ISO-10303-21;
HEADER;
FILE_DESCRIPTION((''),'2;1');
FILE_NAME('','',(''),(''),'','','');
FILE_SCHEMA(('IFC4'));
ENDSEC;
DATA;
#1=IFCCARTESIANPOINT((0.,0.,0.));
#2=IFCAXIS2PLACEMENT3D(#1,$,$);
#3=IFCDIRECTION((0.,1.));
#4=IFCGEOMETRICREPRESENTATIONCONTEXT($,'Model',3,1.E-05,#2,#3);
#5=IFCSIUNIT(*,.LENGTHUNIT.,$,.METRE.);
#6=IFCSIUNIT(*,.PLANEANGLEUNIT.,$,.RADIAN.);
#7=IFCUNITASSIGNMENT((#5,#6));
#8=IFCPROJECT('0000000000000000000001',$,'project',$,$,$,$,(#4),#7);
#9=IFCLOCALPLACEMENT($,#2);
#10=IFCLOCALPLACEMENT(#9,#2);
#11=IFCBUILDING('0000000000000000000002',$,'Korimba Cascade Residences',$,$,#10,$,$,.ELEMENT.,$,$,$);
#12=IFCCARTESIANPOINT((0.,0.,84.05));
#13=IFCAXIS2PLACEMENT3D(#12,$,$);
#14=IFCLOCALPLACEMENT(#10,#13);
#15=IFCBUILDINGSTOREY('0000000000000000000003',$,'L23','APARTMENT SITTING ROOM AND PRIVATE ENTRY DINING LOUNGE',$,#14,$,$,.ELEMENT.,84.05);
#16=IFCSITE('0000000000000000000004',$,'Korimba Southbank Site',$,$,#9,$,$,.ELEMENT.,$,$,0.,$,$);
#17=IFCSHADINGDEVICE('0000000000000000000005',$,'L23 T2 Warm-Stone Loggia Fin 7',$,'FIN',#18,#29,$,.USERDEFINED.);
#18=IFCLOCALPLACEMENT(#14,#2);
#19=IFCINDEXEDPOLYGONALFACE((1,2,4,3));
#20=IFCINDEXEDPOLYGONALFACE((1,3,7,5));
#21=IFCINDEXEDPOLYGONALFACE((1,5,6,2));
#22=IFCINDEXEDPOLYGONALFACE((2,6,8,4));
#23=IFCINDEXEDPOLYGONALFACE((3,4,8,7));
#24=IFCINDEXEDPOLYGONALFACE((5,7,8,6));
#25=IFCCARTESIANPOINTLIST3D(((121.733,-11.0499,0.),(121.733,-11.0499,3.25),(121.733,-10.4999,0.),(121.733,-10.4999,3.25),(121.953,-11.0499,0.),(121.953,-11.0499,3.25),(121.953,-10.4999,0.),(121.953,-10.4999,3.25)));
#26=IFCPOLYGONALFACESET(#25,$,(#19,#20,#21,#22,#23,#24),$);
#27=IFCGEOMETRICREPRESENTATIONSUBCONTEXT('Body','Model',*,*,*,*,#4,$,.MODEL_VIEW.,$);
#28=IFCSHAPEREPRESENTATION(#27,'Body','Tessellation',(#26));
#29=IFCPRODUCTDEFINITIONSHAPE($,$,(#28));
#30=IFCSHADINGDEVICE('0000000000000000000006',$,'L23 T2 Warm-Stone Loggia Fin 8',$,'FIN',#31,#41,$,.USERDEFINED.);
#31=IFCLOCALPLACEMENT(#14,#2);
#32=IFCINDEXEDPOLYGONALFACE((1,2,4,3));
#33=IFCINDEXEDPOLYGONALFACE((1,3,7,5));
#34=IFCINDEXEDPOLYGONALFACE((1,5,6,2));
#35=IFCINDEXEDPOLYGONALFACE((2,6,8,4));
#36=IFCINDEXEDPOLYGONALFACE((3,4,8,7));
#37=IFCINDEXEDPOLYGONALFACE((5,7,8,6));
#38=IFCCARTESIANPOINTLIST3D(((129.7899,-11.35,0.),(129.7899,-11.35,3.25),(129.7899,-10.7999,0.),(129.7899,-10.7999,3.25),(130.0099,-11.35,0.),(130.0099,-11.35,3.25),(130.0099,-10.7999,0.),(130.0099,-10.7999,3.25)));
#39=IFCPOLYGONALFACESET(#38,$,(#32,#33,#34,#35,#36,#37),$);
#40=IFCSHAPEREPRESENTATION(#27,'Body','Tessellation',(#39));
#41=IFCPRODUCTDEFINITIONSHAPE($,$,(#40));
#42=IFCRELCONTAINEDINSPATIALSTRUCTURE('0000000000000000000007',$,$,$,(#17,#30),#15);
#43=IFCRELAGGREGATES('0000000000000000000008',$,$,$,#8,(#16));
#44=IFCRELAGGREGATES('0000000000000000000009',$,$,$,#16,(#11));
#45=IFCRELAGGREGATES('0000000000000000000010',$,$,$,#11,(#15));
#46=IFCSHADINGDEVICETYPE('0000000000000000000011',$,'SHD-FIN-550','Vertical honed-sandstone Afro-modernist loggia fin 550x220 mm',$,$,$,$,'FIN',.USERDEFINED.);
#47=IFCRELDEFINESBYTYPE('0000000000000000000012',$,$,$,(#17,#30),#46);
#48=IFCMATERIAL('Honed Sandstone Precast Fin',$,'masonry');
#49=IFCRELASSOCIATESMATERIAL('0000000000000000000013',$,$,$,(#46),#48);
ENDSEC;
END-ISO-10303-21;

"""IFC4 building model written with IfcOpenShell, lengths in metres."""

from ifc_helpers import new_model, si_unit, direction, frame, origin, origin_2d, place, context, subcontext, project, spatial, rectangle, extrude, material, type_object, element, save


model = new_model("IFC4")

# Units and contexts
model_context = context("Model", 3, precision=1e-05, world=origin(), true_north=direction((0.0, 1.0)))
body_context = subcontext(model_context, "Body", "Model", "MODEL_VIEW")
ifc_project = project(units=[si_unit("LENGTHUNIT", "METRE"), si_unit("PLANEANGLEUNIT", "RADIAN")], contexts=[model_context])

# Site, building, storey
site_placement = place(None, origin())
site = spatial("IfcSite", under=ifc_project, at=site_placement, Name="Korimba Southbank Site", CompositionType="ELEMENT", RefElevation=0.0)
building_placement = place(site_placement, origin())
building = spatial("IfcBuilding", under=site, at=building_placement, Name="Korimba Cascade Residences", CompositionType="ELEMENT")
storey_placement = place(building_placement, frame((0.0, 0.0, 84.05)))
storey = spatial("IfcBuildingStorey", under=building, at=storey_placement, Name="L23", Description="APARTMENT SITTING ROOM AND PRIVATE ENTRY DINING LOUNGE", CompositionType="ELEMENT", Elevation=84.05)

# Shading devices
ifc_material_1 = material(Name="Honed Sandstone Precast Fin", Category="masonry")
shading_device_type = type_object("IfcShadingDeviceType", Name="SHD-FIN-550", Description="Vertical honed-sandstone Afro-modernist loggia fin 550x220 mm", ElementType="FIN", PredefinedType="USERDEFINED", material=ifc_material_1)
for number, where, z_axis, x_axis, name in (
    (1, (121.843, -10.7749, 0.0), (0.0, 0.0, 1.0), (1.0, 0.0, 0.0), "L23 T2 Warm-Stone Loggia Fin 7"),
    (2, (129.8999, -11.075, 0.0), (0.0, 0.0, 1.0), (1.0, 0.0, 0.0), "L23 T2 Warm-Stone Loggia Fin 8"),
):
    element("IfcShadingDevice", number, at=place(storey_placement, frame(where, z_axis=z_axis, x_axis=x_axis)), inside=storey, type_object=shading_device_type, Name=name, ObjectType="FIN", PredefinedType="USERDEFINED", context=body_context, shape_type="SweptSolid", body=[
        extrude(rectangle(XDim=0.22, YDim=0.55, at=origin_2d()), origin(), (0.0, 0.0, 1.0), 3.25),
    ])

save(model, "model.ifc")
